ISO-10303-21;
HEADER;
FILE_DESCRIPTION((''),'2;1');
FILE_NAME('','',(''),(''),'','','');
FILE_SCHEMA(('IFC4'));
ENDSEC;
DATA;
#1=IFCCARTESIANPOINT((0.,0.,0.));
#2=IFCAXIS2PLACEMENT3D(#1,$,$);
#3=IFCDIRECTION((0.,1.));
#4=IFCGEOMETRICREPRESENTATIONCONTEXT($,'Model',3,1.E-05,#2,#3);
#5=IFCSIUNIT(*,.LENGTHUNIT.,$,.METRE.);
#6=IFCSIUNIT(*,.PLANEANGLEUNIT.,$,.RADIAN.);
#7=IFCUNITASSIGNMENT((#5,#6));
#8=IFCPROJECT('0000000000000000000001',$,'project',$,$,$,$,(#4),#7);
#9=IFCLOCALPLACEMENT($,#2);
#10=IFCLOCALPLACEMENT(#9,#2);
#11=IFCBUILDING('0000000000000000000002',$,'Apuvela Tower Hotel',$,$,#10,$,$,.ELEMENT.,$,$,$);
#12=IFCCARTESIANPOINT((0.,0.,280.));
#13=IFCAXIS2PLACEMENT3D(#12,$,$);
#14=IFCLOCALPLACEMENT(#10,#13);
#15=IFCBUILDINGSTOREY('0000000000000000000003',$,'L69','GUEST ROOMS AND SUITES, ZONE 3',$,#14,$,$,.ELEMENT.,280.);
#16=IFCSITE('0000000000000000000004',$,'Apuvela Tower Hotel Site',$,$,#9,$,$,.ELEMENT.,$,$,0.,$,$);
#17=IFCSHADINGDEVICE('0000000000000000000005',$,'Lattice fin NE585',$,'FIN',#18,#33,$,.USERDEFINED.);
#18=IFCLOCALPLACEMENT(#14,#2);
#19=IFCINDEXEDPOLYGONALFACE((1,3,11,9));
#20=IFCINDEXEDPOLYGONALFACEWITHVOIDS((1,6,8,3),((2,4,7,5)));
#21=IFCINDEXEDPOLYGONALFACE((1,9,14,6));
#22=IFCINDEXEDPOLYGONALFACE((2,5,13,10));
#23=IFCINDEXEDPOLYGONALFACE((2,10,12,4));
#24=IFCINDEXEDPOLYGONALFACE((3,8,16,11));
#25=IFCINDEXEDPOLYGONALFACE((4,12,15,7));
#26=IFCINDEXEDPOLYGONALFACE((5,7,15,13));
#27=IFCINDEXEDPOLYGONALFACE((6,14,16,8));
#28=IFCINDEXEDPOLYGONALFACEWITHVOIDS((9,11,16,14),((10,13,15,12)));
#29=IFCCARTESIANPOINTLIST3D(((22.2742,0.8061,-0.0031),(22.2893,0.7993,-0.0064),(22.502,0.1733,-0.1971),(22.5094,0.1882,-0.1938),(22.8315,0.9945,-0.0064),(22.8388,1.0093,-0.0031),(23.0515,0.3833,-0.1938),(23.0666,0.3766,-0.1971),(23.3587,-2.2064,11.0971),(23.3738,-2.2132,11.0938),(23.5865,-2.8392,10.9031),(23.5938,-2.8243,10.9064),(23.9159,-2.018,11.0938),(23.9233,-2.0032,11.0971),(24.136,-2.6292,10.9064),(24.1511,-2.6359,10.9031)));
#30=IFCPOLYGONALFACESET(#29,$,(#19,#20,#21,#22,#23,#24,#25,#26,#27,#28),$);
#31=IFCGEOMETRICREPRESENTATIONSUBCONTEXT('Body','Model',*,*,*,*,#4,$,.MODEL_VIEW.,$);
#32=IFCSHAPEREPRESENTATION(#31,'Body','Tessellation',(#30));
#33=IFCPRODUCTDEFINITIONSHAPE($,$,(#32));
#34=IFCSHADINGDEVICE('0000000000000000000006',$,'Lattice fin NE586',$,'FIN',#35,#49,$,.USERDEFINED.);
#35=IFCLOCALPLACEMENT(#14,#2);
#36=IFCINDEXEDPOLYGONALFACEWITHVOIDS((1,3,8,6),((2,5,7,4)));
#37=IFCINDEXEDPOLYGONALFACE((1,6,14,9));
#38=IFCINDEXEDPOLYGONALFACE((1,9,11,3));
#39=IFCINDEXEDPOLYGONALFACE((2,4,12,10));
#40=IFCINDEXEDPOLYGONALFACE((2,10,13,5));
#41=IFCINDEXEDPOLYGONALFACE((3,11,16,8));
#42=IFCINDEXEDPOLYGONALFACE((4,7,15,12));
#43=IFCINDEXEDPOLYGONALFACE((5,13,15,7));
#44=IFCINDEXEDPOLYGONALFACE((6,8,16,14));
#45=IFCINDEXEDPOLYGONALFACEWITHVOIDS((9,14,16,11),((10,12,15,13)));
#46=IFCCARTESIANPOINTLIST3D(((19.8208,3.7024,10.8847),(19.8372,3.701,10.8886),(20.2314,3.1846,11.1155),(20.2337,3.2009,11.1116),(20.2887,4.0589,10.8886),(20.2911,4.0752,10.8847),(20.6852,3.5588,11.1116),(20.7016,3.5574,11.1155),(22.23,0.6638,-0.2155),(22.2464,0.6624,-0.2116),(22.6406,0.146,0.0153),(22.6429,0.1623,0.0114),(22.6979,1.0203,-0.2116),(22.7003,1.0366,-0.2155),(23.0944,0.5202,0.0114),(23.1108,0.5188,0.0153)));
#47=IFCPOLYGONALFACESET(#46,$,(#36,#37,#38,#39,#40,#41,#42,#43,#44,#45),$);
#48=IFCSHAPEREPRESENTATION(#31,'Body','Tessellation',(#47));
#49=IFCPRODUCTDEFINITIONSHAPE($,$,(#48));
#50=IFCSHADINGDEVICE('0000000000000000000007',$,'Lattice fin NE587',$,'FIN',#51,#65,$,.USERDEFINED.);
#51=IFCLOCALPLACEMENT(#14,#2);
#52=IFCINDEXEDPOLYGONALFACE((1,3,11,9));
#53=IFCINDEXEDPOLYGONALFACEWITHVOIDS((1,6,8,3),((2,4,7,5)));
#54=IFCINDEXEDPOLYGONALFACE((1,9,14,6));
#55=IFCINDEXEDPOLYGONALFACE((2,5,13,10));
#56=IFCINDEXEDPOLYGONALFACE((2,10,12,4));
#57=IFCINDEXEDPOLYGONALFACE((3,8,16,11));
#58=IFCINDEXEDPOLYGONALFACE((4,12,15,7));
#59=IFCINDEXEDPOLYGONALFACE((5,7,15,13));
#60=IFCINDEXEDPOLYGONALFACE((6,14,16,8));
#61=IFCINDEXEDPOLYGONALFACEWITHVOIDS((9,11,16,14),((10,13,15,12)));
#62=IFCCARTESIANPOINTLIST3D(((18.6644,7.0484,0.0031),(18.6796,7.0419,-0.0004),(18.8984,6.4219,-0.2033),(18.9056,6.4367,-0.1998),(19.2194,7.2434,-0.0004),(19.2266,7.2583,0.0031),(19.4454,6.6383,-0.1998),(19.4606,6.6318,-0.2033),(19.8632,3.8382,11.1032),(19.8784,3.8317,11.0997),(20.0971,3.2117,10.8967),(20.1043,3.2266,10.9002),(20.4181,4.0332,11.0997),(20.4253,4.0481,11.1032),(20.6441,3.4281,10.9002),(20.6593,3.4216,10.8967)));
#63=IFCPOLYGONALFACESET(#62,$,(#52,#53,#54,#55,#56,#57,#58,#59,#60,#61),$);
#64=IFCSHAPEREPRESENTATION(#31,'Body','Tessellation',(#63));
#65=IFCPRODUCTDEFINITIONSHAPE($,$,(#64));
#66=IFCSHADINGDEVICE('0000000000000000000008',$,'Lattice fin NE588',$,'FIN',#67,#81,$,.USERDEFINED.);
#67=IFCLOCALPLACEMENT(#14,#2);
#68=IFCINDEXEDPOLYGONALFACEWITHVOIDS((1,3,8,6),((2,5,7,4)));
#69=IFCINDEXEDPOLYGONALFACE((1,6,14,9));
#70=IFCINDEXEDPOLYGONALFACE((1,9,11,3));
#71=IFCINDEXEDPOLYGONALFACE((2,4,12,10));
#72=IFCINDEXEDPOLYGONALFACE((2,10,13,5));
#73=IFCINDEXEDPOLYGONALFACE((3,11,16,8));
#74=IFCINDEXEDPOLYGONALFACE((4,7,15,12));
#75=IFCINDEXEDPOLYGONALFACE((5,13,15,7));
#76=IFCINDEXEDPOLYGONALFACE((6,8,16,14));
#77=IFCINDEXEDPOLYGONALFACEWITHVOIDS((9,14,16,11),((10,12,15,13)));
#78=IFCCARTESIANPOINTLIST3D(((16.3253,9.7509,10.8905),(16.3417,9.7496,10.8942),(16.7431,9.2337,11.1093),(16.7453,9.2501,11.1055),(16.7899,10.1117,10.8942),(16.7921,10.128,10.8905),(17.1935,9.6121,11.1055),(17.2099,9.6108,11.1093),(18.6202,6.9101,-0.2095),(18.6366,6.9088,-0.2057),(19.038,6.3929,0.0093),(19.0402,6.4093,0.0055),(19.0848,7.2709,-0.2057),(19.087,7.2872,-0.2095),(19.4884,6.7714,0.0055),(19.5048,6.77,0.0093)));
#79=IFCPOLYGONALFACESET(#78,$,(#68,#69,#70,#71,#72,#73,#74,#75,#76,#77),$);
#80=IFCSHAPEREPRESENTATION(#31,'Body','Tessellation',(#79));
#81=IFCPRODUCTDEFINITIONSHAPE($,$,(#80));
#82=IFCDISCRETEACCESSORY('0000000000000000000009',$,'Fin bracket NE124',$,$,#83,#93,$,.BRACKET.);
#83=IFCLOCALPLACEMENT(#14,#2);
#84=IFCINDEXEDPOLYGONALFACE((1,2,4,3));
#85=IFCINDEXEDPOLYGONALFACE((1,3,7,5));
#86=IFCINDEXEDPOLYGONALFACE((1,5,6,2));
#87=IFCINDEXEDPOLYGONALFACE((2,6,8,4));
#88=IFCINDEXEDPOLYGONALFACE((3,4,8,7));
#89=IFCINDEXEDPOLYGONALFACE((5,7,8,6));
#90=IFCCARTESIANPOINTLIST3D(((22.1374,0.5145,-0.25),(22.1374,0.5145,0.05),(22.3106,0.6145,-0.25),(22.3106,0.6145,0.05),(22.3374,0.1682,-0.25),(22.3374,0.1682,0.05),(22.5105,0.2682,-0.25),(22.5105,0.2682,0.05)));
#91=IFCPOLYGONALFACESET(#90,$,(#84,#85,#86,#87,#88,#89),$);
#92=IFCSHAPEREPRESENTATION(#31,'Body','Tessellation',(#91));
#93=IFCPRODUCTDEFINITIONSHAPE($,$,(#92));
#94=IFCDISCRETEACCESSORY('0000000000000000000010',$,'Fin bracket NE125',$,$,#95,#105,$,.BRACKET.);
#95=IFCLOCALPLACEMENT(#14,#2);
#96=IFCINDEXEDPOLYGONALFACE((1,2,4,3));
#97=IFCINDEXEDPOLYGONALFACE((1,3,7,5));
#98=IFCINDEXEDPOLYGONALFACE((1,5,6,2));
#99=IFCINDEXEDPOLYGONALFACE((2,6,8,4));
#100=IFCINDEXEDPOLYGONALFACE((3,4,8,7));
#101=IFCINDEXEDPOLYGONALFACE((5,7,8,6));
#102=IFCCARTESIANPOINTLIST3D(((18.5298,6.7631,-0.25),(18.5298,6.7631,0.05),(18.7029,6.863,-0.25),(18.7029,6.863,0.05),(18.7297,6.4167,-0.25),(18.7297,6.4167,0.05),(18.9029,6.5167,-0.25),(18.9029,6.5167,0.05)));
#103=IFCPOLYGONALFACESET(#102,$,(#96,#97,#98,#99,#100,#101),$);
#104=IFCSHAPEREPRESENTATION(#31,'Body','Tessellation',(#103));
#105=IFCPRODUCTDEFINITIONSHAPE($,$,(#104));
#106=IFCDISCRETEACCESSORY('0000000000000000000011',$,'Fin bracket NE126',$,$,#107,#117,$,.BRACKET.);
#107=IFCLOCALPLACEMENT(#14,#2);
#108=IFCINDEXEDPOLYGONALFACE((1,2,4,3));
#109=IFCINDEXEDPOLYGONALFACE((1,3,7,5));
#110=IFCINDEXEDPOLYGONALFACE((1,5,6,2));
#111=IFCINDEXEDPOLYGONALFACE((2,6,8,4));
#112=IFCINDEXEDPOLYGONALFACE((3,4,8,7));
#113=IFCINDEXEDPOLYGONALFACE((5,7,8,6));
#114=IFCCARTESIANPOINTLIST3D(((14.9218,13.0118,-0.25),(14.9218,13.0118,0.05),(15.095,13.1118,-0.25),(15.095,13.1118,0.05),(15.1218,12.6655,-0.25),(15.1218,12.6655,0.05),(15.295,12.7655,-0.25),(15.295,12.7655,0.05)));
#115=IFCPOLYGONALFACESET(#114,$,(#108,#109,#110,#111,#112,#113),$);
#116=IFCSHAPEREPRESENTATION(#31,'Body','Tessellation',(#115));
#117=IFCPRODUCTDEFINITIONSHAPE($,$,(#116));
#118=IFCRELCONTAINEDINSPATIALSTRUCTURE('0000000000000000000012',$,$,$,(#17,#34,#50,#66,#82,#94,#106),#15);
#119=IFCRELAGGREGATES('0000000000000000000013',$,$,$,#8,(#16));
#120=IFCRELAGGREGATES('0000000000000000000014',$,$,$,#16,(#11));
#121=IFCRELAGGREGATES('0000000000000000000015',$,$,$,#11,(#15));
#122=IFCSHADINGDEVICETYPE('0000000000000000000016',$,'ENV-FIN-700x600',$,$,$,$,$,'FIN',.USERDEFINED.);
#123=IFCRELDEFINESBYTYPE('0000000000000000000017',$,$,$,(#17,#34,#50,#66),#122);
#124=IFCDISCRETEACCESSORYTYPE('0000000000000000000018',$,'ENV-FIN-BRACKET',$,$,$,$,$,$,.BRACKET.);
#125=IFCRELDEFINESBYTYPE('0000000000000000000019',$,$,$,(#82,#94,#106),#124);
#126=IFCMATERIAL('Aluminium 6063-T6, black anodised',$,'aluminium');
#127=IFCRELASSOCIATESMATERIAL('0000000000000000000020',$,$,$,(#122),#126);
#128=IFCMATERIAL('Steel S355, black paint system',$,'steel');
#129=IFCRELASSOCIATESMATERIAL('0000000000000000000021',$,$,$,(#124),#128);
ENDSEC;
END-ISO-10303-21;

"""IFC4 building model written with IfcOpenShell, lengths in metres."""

from ifc_helpers import new_model, si_unit, direction, frame, origin, origin_2d, place, context, subcontext, project, spatial, rectangle, hollow_rectangle, extrude, material, material_profile, profile_set, type_object, element, save


model = new_model("IFC4")

# Units and contexts
model_context = context("Model", 3, precision=1e-05, world=origin(), true_north=direction((0.0, 1.0)))
body_context = subcontext(model_context, "Body", "Model", "MODEL_VIEW")
ifc_project = project(units=[si_unit("LENGTHUNIT", "METRE"), si_unit("PLANEANGLEUNIT", "RADIAN")], contexts=[model_context])

# Site, building, storey
site_placement = place(None, origin())
site = spatial("IfcSite", under=ifc_project, at=site_placement, Name="Apuvela Tower Hotel Site", CompositionType="ELEMENT", RefElevation=0.0)
building_placement = place(site_placement, origin())
building = spatial("IfcBuilding", under=site, at=building_placement, Name="Apuvela Tower Hotel", CompositionType="ELEMENT")
storey_placement = place(building_placement, frame((0.0, 0.0, 280.0)))
storey = spatial("IfcBuildingStorey", under=building, at=storey_placement, Name="L69", Description="GUEST ROOMS AND SUITES, ZONE 3", CompositionType="ELEMENT", Elevation=280.0)

# Shading devices
ifc_material_1 = material(Name="Aluminium 6063-T6, black anodised", Category="aluminium")
ifc_material_profile_1 = material_profile(ifc_material_1, hollow_rectangle(XDim=0.6001, YDim=0.7, WallThickness=0.012, at=origin_2d()), Name="AL BOX 700x600x12")
ifc_profile_set_1 = profile_set([ifc_material_profile_1], Name="Aluminium 6063-T6, black anodised")
shading_device_type = type_object("IfcShadingDeviceType", Name="ENV-FIN-700x600", ElementType="FIN", PredefinedType="USERDEFINED", material=ifc_profile_set_1)
shading_device_1_placement = place(storey_placement, frame((22.6704, 0.5913, -0.1001), z_axis=(0.093872, -0.260759, 0.960829), x_axis=(0.940888, 0.338717, 0.0)))
element("IfcShadingDevice", 1, at=shading_device_1_placement, inside=storey, type_object=shading_device_type, Name="Lattice fin NE585", ObjectType="FIN", PredefinedType="USERDEFINED", context=body_context, shape_type="SweptSolid", body=[
    extrude(hollow_rectangle(XDim=0.6001, YDim=0.7, WallThickness=0.012, at=origin_2d()), origin(), (0.0, 0.0, 1.0), 11.5527),
])
shading_device_2_placement = place(storey_placement, frame((22.6704, 0.5913, -0.1001), z_axis=(-0.204898, 0.258427, 0.944051), x_axis=(-0.783589, -0.62128, 0.0)))
element("IfcShadingDevice", 2, at=shading_device_2_placement, inside=storey, type_object=shading_device_type, Name="Lattice fin NE586", ObjectType="FIN", PredefinedType="USERDEFINED", context=body_context, shape_type="SweptSolid", body=[
    extrude(hollow_rectangle(XDim=0.6001, YDim=0.7, WallThickness=0.012, at=origin_2d()), origin(), (0.0, 0.0, 1.0), 11.7581),
])
shading_device_3_placement = place(storey_placement, frame((19.0625, 6.8401, -0.1001), z_axis=(0.103188, -0.276337, 0.955505), x_axis=(0.936817, 0.349819, 0.0)))
element("IfcShadingDevice", 3, at=shading_device_3_placement, inside=storey, type_object=shading_device_type, Name="Lattice fin NE587", ObjectType="FIN", PredefinedType="USERDEFINED", context=body_context, shape_type="SweptSolid", body=[
    extrude(hollow_rectangle(XDim=0.6001, YDim=0.7, WallThickness=0.012, at=origin_2d()), origin(), (0.0, 0.0, 1.0), 11.6169),
])
shading_device_4_placement = place(storey_placement, frame((19.0625, 6.8401, -0.1001), z_axis=(-0.196392, 0.243108, 0.94991), x_axis=(-0.777886, -0.628406, 0.0)))
element("IfcShadingDevice", 4, at=shading_device_4_placement, inside=storey, type_object=shading_device_type, Name="Lattice fin NE588", ObjectType="FIN", PredefinedType="USERDEFINED", context=body_context, shape_type="SweptSolid", body=[
    extrude(hollow_rectangle(XDim=0.6001, YDim=0.7, WallThickness=0.012, at=origin_2d()), origin(), (0.0, 0.0, 1.0), 11.6853),
])

# Discrete accessories
ifc_material_2 = material(Name="Steel S355, black paint system", Category="steel")
discrete_accessory_type = type_object("IfcDiscreteAccessoryType", Name="ENV-FIN-BRACKET", PredefinedType="BRACKET", material=ifc_material_2)
for number, where, z_axis, x_axis, name in (
    (5, (22.324, 0.3914, -0.25), (0.0, 0.0, 1.0), (-0.5, 0.866025, 0.0), "Fin bracket NE124"),
    (6, (18.7163, 6.6399, -0.25), (0.0, 0.0, 1.0), (-0.5, 0.866025, 0.0), "Fin bracket NE125"),
    (7, (15.1084, 12.8887, -0.25), (0.0, 0.0, 1.0), (-0.5, 0.866025, 0.0), "Fin bracket NE126"),
):
    element("IfcDiscreteAccessory", number, at=place(storey_placement, frame(where, z_axis=z_axis, x_axis=x_axis)), inside=storey, type_object=discrete_accessory_type, Name=name, PredefinedType="BRACKET", context=body_context, shape_type="SweptSolid", body=[
        extrude(rectangle(XDim=0.3999, YDim=0.2, at=origin_2d()), origin(), (0.0, 0.0, 1.0), 0.3),
    ])

save(model, "model.ifc")
